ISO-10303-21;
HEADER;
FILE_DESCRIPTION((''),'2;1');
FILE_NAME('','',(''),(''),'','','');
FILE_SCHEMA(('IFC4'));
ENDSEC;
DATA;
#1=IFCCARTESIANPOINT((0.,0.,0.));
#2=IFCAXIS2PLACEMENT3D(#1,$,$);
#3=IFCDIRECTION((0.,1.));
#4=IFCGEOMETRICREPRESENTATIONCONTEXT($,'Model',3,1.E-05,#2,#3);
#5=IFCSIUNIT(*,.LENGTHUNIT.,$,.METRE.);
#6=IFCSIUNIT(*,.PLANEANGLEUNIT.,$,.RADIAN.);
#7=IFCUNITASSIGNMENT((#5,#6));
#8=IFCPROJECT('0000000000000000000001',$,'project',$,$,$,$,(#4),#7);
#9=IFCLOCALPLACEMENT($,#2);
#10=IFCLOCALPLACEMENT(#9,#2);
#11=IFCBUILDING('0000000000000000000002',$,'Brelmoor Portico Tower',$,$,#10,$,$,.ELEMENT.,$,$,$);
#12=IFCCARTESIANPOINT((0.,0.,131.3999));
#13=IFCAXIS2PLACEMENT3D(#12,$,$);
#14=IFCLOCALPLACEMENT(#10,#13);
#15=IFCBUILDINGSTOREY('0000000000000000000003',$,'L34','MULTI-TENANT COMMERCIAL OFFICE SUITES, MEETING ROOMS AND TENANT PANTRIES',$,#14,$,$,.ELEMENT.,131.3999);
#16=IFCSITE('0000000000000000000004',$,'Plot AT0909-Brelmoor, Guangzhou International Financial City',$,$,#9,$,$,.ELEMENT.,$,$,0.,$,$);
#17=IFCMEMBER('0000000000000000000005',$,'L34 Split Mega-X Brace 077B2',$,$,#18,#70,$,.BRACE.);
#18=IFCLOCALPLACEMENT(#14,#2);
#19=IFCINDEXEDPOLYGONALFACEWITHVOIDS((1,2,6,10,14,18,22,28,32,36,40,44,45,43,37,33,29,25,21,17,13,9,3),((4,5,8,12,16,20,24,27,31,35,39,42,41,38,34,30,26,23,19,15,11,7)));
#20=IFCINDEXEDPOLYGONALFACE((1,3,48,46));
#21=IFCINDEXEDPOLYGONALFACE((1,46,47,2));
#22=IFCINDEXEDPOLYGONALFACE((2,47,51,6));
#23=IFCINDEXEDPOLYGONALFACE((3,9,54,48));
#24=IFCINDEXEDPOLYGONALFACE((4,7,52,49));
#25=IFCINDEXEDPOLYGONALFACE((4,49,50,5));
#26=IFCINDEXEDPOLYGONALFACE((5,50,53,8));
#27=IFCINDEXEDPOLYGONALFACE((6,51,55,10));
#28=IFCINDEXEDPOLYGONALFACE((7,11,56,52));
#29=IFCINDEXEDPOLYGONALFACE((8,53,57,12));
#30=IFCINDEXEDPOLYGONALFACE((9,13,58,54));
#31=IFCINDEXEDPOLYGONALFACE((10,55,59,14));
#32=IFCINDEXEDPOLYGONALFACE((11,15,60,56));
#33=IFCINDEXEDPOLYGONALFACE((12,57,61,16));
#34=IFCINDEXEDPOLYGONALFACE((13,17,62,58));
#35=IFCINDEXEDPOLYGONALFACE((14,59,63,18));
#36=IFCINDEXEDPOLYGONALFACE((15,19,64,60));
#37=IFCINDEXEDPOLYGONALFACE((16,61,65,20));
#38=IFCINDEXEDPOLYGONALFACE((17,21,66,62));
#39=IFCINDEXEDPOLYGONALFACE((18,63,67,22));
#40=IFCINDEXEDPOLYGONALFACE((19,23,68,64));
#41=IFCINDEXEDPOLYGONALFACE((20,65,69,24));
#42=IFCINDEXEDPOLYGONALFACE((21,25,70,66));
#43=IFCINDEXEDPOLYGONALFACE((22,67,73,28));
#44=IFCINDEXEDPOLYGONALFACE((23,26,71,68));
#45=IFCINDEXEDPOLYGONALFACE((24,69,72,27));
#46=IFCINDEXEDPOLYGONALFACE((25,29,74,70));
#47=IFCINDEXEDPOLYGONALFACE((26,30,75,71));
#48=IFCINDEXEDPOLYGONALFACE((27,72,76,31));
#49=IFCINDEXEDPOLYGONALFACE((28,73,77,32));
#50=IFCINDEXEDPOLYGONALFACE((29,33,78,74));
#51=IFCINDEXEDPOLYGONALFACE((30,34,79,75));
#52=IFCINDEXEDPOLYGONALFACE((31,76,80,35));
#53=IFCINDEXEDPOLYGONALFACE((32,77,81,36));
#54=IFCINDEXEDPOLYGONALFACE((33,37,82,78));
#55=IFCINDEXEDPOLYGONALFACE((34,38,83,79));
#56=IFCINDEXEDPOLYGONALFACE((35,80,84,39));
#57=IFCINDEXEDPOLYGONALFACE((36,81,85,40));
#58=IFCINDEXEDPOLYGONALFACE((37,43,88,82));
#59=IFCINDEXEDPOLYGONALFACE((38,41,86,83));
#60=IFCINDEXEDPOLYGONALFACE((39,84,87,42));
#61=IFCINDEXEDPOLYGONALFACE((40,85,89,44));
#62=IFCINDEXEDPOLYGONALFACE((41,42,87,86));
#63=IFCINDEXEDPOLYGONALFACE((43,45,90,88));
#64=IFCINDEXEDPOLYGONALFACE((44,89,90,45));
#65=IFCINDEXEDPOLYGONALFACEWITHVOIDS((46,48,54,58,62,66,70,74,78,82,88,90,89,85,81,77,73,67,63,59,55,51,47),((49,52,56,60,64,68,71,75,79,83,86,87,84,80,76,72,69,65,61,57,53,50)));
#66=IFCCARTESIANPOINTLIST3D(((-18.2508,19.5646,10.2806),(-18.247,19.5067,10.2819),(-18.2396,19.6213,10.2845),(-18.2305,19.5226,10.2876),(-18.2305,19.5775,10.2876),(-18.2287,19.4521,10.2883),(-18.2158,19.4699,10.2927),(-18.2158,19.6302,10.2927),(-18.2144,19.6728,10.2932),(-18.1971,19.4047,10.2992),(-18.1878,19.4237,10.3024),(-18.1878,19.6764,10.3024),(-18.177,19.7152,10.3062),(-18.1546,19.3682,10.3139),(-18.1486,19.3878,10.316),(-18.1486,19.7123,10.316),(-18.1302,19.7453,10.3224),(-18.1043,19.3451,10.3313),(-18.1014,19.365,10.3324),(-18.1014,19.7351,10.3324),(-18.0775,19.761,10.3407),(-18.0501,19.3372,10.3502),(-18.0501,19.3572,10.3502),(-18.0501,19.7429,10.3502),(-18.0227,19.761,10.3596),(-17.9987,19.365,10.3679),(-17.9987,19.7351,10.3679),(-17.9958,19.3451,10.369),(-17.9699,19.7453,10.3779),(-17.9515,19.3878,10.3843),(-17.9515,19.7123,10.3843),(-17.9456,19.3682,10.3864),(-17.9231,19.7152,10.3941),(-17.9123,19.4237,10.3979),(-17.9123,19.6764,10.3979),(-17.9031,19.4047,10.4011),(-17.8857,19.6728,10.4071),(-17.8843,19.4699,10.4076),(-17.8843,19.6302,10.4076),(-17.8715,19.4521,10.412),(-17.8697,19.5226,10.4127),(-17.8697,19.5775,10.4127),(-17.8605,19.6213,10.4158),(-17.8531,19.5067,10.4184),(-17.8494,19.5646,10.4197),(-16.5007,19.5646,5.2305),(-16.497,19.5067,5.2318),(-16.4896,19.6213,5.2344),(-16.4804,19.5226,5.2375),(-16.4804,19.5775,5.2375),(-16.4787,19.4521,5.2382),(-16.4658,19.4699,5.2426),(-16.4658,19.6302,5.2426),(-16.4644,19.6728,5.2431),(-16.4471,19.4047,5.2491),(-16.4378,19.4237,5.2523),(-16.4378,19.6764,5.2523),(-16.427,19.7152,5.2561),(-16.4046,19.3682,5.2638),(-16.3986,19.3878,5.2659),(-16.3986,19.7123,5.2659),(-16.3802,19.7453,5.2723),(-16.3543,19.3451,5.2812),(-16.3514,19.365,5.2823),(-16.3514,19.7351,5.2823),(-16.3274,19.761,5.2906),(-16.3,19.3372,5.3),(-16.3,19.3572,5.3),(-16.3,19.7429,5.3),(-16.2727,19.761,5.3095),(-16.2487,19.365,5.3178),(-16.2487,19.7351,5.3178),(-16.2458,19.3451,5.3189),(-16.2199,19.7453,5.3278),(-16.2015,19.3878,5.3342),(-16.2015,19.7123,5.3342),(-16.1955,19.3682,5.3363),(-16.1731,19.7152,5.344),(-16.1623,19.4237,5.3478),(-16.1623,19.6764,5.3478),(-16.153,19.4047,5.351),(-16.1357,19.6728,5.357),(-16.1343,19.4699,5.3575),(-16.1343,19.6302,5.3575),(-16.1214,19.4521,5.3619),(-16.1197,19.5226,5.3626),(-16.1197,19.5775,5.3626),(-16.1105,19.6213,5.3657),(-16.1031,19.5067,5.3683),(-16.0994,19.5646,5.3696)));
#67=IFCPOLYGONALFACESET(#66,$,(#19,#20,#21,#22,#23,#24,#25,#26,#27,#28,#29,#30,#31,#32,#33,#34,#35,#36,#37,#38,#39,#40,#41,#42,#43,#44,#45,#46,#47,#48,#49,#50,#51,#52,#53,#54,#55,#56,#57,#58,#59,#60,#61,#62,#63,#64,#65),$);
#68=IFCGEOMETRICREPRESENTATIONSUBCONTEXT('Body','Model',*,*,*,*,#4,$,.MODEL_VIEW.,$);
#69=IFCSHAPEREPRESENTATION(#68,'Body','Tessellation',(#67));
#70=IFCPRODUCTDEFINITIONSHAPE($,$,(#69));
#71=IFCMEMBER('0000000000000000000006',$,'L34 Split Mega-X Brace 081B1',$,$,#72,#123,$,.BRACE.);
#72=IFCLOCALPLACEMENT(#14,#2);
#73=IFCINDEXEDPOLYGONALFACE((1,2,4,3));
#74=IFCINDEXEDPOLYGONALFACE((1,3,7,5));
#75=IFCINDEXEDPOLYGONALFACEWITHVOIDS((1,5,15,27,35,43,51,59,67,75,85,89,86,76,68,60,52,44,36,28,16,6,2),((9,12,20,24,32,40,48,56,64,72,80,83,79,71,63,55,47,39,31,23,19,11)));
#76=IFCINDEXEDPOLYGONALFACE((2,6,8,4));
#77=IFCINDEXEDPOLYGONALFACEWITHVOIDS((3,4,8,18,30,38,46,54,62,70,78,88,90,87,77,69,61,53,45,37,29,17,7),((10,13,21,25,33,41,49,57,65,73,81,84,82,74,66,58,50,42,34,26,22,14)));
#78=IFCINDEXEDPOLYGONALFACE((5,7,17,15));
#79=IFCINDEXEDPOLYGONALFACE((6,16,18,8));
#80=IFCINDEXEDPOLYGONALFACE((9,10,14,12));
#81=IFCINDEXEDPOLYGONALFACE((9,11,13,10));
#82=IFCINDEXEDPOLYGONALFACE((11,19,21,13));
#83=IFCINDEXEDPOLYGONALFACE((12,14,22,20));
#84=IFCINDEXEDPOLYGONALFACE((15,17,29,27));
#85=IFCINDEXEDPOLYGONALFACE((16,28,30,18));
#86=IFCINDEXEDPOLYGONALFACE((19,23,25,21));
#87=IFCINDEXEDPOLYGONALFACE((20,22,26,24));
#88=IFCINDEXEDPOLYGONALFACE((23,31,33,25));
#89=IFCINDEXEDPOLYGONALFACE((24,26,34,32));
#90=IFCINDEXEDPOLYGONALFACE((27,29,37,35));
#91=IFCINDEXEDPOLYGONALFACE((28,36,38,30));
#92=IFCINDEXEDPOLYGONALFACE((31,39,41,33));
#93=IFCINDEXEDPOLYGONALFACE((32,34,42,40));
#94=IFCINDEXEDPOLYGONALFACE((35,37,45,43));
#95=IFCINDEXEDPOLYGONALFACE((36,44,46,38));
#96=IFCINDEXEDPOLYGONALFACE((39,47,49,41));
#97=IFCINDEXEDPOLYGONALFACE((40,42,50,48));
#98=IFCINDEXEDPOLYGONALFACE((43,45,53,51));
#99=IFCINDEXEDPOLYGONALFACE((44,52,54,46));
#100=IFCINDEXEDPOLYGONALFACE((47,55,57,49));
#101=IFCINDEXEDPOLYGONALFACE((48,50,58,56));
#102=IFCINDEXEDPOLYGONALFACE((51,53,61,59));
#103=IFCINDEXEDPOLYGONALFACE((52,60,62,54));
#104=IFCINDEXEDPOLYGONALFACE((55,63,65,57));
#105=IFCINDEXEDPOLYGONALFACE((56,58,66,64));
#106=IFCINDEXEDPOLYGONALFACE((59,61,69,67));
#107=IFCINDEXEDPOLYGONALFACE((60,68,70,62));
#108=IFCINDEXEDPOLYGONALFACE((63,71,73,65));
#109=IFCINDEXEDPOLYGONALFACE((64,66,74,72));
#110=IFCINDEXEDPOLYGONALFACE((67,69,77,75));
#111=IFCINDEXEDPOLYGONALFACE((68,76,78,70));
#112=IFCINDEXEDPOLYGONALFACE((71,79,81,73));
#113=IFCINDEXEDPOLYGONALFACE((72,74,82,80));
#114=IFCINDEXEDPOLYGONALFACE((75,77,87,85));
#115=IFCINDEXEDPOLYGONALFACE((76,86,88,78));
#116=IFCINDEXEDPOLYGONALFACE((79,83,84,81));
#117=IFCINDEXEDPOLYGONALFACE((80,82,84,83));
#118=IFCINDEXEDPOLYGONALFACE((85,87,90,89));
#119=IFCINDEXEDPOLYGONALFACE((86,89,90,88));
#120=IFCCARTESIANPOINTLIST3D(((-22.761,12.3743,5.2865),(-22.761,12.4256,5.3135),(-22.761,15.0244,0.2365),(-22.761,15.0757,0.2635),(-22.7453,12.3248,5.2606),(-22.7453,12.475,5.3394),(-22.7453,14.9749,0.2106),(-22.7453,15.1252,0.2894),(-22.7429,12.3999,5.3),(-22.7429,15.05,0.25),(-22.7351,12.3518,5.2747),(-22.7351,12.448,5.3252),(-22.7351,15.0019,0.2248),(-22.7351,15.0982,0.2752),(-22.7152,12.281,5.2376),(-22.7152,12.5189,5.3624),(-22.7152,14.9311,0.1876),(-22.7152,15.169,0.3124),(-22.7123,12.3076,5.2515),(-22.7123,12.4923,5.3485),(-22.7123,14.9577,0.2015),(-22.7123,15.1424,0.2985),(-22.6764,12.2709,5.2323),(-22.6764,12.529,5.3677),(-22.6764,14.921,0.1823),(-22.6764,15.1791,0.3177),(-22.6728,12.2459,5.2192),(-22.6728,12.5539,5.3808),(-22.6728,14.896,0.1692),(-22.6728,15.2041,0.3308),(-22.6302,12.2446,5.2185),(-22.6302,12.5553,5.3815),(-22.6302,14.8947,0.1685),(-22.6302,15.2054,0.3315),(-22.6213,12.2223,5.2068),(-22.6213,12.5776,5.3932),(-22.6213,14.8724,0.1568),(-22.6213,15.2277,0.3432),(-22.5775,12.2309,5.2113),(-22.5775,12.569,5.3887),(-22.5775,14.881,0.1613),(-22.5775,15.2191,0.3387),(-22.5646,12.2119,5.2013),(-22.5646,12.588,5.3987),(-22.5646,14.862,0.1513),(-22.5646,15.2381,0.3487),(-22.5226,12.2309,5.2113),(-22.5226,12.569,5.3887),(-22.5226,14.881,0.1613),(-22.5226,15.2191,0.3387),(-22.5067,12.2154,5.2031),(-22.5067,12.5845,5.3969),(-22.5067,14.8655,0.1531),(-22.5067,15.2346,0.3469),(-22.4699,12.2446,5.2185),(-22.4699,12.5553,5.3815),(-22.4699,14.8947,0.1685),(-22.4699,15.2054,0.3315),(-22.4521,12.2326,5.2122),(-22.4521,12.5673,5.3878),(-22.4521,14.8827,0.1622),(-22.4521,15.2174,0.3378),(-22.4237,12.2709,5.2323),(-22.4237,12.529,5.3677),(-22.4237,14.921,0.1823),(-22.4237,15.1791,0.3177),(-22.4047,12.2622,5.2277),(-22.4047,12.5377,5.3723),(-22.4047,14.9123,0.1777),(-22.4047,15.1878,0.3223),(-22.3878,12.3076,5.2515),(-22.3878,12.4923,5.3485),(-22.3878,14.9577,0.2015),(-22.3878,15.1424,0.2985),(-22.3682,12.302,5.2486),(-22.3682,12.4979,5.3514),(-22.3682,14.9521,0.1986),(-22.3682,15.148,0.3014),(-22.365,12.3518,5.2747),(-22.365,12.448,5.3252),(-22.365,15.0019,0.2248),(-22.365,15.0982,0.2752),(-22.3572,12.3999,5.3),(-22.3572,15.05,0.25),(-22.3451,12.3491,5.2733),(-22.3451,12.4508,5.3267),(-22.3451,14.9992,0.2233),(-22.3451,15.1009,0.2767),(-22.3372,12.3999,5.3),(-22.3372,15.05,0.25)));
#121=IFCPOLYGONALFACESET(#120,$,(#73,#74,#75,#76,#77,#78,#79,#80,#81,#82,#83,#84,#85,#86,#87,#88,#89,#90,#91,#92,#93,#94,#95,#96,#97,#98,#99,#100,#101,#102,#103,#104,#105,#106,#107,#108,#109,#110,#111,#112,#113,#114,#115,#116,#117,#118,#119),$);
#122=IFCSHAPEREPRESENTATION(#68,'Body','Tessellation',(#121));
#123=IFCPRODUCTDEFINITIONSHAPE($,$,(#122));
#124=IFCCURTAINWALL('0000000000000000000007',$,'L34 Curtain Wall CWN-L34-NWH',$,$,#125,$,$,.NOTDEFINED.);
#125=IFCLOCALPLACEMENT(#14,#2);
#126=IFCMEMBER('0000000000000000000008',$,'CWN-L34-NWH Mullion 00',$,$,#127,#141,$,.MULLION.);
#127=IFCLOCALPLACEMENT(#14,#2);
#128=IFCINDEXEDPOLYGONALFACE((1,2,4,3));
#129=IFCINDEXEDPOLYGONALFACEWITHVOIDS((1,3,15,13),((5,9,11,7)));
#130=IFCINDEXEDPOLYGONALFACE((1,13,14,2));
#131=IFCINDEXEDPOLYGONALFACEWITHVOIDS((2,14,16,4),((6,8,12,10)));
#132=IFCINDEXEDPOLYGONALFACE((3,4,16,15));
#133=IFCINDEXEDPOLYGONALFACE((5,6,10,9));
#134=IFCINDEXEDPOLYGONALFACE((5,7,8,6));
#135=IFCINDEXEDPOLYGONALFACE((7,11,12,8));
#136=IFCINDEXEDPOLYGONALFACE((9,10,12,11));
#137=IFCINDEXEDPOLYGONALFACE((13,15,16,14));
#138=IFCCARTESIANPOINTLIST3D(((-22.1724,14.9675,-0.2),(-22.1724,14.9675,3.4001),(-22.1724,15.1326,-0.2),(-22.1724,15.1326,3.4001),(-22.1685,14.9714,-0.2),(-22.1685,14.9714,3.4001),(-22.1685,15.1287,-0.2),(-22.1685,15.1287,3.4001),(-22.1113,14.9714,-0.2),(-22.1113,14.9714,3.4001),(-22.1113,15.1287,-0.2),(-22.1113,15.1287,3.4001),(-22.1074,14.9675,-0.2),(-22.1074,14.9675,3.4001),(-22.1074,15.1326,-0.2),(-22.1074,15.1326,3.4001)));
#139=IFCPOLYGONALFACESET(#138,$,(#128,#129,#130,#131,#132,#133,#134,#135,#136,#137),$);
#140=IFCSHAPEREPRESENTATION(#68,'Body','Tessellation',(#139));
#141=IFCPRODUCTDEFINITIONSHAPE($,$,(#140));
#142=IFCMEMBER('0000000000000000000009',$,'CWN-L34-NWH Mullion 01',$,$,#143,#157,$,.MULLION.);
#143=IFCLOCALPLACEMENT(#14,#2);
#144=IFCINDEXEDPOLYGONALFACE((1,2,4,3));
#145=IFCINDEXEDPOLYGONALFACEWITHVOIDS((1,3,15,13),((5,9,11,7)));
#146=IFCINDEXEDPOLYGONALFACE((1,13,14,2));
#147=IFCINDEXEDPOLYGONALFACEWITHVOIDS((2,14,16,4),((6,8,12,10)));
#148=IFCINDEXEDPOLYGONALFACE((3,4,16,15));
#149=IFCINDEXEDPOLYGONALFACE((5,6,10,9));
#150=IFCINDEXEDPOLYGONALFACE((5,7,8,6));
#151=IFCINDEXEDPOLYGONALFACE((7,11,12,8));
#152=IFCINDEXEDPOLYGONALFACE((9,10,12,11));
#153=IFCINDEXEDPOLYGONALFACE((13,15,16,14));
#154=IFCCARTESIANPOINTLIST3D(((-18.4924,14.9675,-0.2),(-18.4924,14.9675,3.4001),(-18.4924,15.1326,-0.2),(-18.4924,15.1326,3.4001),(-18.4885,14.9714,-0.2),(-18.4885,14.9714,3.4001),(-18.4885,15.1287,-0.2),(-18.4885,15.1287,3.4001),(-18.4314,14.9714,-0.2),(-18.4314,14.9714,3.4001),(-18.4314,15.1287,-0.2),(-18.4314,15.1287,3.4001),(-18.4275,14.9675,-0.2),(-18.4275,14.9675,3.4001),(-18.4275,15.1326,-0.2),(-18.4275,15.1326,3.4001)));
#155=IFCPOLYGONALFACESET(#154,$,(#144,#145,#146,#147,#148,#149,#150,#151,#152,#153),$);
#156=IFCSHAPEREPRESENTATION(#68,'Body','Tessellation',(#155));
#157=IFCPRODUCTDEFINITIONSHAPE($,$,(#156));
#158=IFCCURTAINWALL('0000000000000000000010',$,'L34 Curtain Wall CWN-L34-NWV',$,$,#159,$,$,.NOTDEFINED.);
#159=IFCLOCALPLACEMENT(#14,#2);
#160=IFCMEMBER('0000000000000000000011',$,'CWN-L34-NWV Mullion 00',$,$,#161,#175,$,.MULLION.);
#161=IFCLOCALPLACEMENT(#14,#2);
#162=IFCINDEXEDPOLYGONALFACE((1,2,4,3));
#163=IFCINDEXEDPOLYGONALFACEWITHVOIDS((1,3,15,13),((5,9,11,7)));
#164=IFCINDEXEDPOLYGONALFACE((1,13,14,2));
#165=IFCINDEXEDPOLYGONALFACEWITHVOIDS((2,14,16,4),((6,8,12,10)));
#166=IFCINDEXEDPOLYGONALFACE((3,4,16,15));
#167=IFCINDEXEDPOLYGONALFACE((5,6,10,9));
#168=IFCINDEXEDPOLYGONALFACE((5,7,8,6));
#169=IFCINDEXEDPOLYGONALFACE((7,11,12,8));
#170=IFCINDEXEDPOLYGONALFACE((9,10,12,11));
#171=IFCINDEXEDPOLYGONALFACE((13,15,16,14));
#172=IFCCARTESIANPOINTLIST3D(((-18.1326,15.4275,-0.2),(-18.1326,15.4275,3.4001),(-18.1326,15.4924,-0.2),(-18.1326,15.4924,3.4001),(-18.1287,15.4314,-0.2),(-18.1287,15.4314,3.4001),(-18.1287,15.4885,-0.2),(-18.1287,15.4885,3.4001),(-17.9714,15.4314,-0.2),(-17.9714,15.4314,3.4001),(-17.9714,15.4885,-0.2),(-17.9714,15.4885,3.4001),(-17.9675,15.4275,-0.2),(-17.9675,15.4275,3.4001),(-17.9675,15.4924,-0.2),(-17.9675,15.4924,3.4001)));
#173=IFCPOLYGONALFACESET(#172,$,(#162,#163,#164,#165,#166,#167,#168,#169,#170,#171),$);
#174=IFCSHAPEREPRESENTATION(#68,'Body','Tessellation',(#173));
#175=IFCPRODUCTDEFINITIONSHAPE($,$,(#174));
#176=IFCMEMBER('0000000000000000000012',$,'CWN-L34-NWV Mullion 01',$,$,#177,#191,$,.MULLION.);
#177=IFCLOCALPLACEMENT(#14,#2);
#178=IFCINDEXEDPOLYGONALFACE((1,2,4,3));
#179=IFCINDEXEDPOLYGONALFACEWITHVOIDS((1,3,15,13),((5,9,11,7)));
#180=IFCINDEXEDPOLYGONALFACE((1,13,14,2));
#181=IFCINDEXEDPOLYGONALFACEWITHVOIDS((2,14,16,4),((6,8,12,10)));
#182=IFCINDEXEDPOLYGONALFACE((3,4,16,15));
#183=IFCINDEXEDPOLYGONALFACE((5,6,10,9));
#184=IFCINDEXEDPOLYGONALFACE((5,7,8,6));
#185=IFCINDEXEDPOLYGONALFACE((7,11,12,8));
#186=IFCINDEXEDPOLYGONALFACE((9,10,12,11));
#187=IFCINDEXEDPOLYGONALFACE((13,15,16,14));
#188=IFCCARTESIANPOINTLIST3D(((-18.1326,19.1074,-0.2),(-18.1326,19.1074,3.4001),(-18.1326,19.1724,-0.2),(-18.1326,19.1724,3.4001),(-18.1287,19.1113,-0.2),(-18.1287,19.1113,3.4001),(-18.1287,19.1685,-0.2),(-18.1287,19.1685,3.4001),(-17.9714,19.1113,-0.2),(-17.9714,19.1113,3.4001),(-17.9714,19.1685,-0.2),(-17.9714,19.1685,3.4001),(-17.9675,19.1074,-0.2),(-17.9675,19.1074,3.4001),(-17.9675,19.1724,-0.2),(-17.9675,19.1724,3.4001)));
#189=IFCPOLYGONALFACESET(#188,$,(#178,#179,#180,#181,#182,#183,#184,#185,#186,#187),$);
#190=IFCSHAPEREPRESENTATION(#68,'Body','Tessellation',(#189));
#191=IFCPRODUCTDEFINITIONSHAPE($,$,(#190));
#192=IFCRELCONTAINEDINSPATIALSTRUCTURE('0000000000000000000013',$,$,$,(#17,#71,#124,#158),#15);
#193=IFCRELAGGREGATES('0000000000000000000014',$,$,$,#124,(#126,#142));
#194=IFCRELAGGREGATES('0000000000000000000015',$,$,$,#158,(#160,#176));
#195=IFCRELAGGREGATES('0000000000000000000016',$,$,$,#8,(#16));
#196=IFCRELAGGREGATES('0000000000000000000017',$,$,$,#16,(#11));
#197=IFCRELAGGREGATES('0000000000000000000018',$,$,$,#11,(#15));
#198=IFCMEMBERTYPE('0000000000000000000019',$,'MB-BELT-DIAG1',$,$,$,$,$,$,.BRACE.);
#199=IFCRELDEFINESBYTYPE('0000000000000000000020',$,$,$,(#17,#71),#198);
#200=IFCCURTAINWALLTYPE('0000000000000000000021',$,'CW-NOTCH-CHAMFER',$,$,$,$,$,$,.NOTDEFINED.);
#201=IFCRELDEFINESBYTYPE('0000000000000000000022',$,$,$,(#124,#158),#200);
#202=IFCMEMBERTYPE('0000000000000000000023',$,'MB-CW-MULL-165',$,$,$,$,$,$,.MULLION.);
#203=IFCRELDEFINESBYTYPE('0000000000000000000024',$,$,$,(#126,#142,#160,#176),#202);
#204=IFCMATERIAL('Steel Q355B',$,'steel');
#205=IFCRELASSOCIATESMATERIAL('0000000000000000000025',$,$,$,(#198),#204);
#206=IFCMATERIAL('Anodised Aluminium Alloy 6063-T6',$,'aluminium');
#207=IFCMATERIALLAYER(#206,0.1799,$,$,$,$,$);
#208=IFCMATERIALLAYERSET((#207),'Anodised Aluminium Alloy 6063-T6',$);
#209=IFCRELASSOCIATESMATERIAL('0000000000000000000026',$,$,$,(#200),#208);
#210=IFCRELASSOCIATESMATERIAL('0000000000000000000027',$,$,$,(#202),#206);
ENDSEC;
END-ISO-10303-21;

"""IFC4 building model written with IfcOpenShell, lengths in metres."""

from ifc_helpers import new_model, si_unit, direction, frame, origin, origin_2d, place, context, subcontext, project, spatial, hollow_rectangle, hollow_circle, extrude, material, layer, layer_set, material_profile, profile_set, type_object, element, aggregate, save


model = new_model("IFC4")

# Units and contexts
model_context = context("Model", 3, precision=1e-05, world=origin(), true_north=direction((0.0, 1.0)))
body_context = subcontext(model_context, "Body", "Model", "MODEL_VIEW")
ifc_project = project(units=[si_unit("LENGTHUNIT", "METRE"), si_unit("PLANEANGLEUNIT", "RADIAN")], contexts=[model_context])

# Site, building, storey
site_placement = place(None, origin())
site = spatial("IfcSite", under=ifc_project, at=site_placement, Name="Plot AT0909-Brelmoor, Guangzhou International Financial City", CompositionType="ELEMENT", RefElevation=0.0)
building_placement = place(site_placement, origin())
building = spatial("IfcBuilding", under=site, at=building_placement, Name="Brelmoor Portico Tower", CompositionType="ELEMENT")
storey_placement = place(building_placement, frame((0.0, 0.0, 131.3999)))
storey = spatial("IfcBuildingStorey", under=building, at=storey_placement, Name="L34", Description="MULTI-TENANT COMMERCIAL OFFICE SUITES, MEETING ROOMS AND TENANT PANTRIES", CompositionType="ELEMENT", Elevation=131.3999)

# Shared definitions
ifc_material_1 = material(Name="Steel Q355B", Category="steel")

# Members
ifc_material_profile_1 = material_profile(ifc_material_1, hollow_circle(Radius=0.2129, WallThickness=0.02, at=origin_2d()), Name="CHS 426x20")
ifc_profile_set_1 = profile_set([ifc_material_profile_1], Name="Steel Q355B")
member_type_1 = type_object("IfcMemberType", Name="MB-BELT-DIAG1", PredefinedType="BRACE", material=ifc_profile_set_1)
member_1_placement = place(storey_placement, frame((-16.3, 19.55, 5.3), z_axis=(-0.327429, 0.0, 0.944876), x_axis=(0.0, -1.0, 0.0)))
element("IfcMember", 1, at=member_1_placement, inside=storey, type_object=member_type_1, Name="L34 Split Mega-X Brace 077B2", PredefinedType="BRACE", context=body_context, shape_type="SweptSolid", body=[
    extrude(hollow_circle(Radius=0.2129, WallThickness=0.02, at=origin_2d()), origin(), (0.0, 0.0, 1.0), 5.3447),
])
member_2_placement = place(storey_placement, frame((-22.55, 15.05, 0.25), z_axis=(0.0, -0.464679, 0.885479), x_axis=(1.0, 0.0, 0.0)))
element("IfcMember", 2, at=member_2_placement, inside=storey, type_object=member_type_1, Name="L34 Split Mega-X Brace 081B1", PredefinedType="BRACE", context=body_context, shape_type="SweptSolid", body=[
    extrude(hollow_circle(Radius=0.2129, WallThickness=0.02, at=origin_2d()), origin(), (0.0, 0.0, 1.0), 5.7031),
])

# Curtain walls, members
ifc_material_2 = material(Name="Anodised Aluminium Alloy 6063-T6", Category="aluminium")
ifc_layer_1 = layer(ifc_material_2, 0.1799)
ifc_layer_set_1 = layer_set([ifc_layer_1], Name="Anodised Aluminium Alloy 6063-T6")
curtain_wall_type_1 = type_object("IfcCurtainWallType", Name="CW-NOTCH-CHAMFER", PredefinedType="NOTDEFINED", material=ifc_layer_set_1)
curtain_wall_1_placement = place(storey_placement, origin())
curtain_wall_1 = element("IfcCurtainWall", 3, at=curtain_wall_1_placement, inside=storey, type_object=curtain_wall_type_1, Name="L34 Curtain Wall CWN-L34-NWH", PredefinedType="NOTDEFINED")
ifc_material_profile_2 = material_profile(ifc_material_2, hollow_rectangle(XDim=0.0649, YDim=0.165, WallThickness=0.0039, at=origin_2d()), Name="ALU MULLION 65x165")
ifc_profile_set_2 = profile_set([ifc_material_profile_2], Name="Anodised Aluminium Alloy 6063-T6")
member_type_2 = type_object("IfcMemberType", Name="MB-CW-MULL-165", PredefinedType="MULLION", material=ifc_profile_set_2)
member_3_placement = place(storey_placement, frame((-22.1399, 15.05, -0.2), z_axis=(0.0, 0.0, 1.0), x_axis=(1.0, 0.0, 0.0)))
member_3 = element("IfcMember", 4, at=member_3_placement, type_object=member_type_2, Name="CWN-L34-NWH Mullion 00", PredefinedType="MULLION", context=body_context, shape_type="SweptSolid", body=[
    extrude(hollow_rectangle(XDim=0.0649, YDim=0.165, WallThickness=0.0039, at=origin_2d()), origin(), (0.0, 0.0, 1.0), 3.6001),
])
member_4_placement = place(storey_placement, frame((-18.46, 15.05, -0.2), z_axis=(0.0, 0.0, 1.0), x_axis=(1.0, 0.0, 0.0)))
member_4 = element("IfcMember", 5, at=member_4_placement, type_object=member_type_2, Name="CWN-L34-NWH Mullion 01", PredefinedType="MULLION", context=body_context, shape_type="SweptSolid", body=[
    extrude(hollow_rectangle(XDim=0.0649, YDim=0.165, WallThickness=0.0039, at=origin_2d()), origin(), (0.0, 0.0, 1.0), 3.6001),
])
curtain_wall_2_placement = place(storey_placement, origin())
curtain_wall_2 = element("IfcCurtainWall", 6, at=curtain_wall_2_placement, inside=storey, type_object=curtain_wall_type_1, Name="L34 Curtain Wall CWN-L34-NWV", PredefinedType="NOTDEFINED")
member_5_placement = place(storey_placement, frame((-18.05, 15.46, -0.2), z_axis=(0.0, 0.0, 1.0), x_axis=(0.0, 1.0, 0.0)))
member_5 = element("IfcMember", 7, at=member_5_placement, type_object=member_type_2, Name="CWN-L34-NWV Mullion 00", PredefinedType="MULLION", context=body_context, shape_type="SweptSolid", body=[
    extrude(hollow_rectangle(XDim=0.0649, YDim=0.165, WallThickness=0.0039, at=origin_2d()), origin(), (0.0, 0.0, 1.0), 3.6001),
])
member_6_placement = place(storey_placement, frame((-18.05, 19.1399, -0.2), z_axis=(0.0, 0.0, 1.0), x_axis=(0.0, 1.0, 0.0)))
member_6 = element("IfcMember", 8, at=member_6_placement, type_object=member_type_2, Name="CWN-L34-NWV Mullion 01", PredefinedType="MULLION", context=body_context, shape_type="SweptSolid", body=[
    extrude(hollow_rectangle(XDim=0.0649, YDim=0.165, WallThickness=0.0039, at=origin_2d()), origin(), (0.0, 0.0, 1.0), 3.6001),
])

aggregate(curtain_wall_1, [member_3, member_4])
aggregate(curtain_wall_2, [member_5, member_6])

save(model, "model.ifc")
